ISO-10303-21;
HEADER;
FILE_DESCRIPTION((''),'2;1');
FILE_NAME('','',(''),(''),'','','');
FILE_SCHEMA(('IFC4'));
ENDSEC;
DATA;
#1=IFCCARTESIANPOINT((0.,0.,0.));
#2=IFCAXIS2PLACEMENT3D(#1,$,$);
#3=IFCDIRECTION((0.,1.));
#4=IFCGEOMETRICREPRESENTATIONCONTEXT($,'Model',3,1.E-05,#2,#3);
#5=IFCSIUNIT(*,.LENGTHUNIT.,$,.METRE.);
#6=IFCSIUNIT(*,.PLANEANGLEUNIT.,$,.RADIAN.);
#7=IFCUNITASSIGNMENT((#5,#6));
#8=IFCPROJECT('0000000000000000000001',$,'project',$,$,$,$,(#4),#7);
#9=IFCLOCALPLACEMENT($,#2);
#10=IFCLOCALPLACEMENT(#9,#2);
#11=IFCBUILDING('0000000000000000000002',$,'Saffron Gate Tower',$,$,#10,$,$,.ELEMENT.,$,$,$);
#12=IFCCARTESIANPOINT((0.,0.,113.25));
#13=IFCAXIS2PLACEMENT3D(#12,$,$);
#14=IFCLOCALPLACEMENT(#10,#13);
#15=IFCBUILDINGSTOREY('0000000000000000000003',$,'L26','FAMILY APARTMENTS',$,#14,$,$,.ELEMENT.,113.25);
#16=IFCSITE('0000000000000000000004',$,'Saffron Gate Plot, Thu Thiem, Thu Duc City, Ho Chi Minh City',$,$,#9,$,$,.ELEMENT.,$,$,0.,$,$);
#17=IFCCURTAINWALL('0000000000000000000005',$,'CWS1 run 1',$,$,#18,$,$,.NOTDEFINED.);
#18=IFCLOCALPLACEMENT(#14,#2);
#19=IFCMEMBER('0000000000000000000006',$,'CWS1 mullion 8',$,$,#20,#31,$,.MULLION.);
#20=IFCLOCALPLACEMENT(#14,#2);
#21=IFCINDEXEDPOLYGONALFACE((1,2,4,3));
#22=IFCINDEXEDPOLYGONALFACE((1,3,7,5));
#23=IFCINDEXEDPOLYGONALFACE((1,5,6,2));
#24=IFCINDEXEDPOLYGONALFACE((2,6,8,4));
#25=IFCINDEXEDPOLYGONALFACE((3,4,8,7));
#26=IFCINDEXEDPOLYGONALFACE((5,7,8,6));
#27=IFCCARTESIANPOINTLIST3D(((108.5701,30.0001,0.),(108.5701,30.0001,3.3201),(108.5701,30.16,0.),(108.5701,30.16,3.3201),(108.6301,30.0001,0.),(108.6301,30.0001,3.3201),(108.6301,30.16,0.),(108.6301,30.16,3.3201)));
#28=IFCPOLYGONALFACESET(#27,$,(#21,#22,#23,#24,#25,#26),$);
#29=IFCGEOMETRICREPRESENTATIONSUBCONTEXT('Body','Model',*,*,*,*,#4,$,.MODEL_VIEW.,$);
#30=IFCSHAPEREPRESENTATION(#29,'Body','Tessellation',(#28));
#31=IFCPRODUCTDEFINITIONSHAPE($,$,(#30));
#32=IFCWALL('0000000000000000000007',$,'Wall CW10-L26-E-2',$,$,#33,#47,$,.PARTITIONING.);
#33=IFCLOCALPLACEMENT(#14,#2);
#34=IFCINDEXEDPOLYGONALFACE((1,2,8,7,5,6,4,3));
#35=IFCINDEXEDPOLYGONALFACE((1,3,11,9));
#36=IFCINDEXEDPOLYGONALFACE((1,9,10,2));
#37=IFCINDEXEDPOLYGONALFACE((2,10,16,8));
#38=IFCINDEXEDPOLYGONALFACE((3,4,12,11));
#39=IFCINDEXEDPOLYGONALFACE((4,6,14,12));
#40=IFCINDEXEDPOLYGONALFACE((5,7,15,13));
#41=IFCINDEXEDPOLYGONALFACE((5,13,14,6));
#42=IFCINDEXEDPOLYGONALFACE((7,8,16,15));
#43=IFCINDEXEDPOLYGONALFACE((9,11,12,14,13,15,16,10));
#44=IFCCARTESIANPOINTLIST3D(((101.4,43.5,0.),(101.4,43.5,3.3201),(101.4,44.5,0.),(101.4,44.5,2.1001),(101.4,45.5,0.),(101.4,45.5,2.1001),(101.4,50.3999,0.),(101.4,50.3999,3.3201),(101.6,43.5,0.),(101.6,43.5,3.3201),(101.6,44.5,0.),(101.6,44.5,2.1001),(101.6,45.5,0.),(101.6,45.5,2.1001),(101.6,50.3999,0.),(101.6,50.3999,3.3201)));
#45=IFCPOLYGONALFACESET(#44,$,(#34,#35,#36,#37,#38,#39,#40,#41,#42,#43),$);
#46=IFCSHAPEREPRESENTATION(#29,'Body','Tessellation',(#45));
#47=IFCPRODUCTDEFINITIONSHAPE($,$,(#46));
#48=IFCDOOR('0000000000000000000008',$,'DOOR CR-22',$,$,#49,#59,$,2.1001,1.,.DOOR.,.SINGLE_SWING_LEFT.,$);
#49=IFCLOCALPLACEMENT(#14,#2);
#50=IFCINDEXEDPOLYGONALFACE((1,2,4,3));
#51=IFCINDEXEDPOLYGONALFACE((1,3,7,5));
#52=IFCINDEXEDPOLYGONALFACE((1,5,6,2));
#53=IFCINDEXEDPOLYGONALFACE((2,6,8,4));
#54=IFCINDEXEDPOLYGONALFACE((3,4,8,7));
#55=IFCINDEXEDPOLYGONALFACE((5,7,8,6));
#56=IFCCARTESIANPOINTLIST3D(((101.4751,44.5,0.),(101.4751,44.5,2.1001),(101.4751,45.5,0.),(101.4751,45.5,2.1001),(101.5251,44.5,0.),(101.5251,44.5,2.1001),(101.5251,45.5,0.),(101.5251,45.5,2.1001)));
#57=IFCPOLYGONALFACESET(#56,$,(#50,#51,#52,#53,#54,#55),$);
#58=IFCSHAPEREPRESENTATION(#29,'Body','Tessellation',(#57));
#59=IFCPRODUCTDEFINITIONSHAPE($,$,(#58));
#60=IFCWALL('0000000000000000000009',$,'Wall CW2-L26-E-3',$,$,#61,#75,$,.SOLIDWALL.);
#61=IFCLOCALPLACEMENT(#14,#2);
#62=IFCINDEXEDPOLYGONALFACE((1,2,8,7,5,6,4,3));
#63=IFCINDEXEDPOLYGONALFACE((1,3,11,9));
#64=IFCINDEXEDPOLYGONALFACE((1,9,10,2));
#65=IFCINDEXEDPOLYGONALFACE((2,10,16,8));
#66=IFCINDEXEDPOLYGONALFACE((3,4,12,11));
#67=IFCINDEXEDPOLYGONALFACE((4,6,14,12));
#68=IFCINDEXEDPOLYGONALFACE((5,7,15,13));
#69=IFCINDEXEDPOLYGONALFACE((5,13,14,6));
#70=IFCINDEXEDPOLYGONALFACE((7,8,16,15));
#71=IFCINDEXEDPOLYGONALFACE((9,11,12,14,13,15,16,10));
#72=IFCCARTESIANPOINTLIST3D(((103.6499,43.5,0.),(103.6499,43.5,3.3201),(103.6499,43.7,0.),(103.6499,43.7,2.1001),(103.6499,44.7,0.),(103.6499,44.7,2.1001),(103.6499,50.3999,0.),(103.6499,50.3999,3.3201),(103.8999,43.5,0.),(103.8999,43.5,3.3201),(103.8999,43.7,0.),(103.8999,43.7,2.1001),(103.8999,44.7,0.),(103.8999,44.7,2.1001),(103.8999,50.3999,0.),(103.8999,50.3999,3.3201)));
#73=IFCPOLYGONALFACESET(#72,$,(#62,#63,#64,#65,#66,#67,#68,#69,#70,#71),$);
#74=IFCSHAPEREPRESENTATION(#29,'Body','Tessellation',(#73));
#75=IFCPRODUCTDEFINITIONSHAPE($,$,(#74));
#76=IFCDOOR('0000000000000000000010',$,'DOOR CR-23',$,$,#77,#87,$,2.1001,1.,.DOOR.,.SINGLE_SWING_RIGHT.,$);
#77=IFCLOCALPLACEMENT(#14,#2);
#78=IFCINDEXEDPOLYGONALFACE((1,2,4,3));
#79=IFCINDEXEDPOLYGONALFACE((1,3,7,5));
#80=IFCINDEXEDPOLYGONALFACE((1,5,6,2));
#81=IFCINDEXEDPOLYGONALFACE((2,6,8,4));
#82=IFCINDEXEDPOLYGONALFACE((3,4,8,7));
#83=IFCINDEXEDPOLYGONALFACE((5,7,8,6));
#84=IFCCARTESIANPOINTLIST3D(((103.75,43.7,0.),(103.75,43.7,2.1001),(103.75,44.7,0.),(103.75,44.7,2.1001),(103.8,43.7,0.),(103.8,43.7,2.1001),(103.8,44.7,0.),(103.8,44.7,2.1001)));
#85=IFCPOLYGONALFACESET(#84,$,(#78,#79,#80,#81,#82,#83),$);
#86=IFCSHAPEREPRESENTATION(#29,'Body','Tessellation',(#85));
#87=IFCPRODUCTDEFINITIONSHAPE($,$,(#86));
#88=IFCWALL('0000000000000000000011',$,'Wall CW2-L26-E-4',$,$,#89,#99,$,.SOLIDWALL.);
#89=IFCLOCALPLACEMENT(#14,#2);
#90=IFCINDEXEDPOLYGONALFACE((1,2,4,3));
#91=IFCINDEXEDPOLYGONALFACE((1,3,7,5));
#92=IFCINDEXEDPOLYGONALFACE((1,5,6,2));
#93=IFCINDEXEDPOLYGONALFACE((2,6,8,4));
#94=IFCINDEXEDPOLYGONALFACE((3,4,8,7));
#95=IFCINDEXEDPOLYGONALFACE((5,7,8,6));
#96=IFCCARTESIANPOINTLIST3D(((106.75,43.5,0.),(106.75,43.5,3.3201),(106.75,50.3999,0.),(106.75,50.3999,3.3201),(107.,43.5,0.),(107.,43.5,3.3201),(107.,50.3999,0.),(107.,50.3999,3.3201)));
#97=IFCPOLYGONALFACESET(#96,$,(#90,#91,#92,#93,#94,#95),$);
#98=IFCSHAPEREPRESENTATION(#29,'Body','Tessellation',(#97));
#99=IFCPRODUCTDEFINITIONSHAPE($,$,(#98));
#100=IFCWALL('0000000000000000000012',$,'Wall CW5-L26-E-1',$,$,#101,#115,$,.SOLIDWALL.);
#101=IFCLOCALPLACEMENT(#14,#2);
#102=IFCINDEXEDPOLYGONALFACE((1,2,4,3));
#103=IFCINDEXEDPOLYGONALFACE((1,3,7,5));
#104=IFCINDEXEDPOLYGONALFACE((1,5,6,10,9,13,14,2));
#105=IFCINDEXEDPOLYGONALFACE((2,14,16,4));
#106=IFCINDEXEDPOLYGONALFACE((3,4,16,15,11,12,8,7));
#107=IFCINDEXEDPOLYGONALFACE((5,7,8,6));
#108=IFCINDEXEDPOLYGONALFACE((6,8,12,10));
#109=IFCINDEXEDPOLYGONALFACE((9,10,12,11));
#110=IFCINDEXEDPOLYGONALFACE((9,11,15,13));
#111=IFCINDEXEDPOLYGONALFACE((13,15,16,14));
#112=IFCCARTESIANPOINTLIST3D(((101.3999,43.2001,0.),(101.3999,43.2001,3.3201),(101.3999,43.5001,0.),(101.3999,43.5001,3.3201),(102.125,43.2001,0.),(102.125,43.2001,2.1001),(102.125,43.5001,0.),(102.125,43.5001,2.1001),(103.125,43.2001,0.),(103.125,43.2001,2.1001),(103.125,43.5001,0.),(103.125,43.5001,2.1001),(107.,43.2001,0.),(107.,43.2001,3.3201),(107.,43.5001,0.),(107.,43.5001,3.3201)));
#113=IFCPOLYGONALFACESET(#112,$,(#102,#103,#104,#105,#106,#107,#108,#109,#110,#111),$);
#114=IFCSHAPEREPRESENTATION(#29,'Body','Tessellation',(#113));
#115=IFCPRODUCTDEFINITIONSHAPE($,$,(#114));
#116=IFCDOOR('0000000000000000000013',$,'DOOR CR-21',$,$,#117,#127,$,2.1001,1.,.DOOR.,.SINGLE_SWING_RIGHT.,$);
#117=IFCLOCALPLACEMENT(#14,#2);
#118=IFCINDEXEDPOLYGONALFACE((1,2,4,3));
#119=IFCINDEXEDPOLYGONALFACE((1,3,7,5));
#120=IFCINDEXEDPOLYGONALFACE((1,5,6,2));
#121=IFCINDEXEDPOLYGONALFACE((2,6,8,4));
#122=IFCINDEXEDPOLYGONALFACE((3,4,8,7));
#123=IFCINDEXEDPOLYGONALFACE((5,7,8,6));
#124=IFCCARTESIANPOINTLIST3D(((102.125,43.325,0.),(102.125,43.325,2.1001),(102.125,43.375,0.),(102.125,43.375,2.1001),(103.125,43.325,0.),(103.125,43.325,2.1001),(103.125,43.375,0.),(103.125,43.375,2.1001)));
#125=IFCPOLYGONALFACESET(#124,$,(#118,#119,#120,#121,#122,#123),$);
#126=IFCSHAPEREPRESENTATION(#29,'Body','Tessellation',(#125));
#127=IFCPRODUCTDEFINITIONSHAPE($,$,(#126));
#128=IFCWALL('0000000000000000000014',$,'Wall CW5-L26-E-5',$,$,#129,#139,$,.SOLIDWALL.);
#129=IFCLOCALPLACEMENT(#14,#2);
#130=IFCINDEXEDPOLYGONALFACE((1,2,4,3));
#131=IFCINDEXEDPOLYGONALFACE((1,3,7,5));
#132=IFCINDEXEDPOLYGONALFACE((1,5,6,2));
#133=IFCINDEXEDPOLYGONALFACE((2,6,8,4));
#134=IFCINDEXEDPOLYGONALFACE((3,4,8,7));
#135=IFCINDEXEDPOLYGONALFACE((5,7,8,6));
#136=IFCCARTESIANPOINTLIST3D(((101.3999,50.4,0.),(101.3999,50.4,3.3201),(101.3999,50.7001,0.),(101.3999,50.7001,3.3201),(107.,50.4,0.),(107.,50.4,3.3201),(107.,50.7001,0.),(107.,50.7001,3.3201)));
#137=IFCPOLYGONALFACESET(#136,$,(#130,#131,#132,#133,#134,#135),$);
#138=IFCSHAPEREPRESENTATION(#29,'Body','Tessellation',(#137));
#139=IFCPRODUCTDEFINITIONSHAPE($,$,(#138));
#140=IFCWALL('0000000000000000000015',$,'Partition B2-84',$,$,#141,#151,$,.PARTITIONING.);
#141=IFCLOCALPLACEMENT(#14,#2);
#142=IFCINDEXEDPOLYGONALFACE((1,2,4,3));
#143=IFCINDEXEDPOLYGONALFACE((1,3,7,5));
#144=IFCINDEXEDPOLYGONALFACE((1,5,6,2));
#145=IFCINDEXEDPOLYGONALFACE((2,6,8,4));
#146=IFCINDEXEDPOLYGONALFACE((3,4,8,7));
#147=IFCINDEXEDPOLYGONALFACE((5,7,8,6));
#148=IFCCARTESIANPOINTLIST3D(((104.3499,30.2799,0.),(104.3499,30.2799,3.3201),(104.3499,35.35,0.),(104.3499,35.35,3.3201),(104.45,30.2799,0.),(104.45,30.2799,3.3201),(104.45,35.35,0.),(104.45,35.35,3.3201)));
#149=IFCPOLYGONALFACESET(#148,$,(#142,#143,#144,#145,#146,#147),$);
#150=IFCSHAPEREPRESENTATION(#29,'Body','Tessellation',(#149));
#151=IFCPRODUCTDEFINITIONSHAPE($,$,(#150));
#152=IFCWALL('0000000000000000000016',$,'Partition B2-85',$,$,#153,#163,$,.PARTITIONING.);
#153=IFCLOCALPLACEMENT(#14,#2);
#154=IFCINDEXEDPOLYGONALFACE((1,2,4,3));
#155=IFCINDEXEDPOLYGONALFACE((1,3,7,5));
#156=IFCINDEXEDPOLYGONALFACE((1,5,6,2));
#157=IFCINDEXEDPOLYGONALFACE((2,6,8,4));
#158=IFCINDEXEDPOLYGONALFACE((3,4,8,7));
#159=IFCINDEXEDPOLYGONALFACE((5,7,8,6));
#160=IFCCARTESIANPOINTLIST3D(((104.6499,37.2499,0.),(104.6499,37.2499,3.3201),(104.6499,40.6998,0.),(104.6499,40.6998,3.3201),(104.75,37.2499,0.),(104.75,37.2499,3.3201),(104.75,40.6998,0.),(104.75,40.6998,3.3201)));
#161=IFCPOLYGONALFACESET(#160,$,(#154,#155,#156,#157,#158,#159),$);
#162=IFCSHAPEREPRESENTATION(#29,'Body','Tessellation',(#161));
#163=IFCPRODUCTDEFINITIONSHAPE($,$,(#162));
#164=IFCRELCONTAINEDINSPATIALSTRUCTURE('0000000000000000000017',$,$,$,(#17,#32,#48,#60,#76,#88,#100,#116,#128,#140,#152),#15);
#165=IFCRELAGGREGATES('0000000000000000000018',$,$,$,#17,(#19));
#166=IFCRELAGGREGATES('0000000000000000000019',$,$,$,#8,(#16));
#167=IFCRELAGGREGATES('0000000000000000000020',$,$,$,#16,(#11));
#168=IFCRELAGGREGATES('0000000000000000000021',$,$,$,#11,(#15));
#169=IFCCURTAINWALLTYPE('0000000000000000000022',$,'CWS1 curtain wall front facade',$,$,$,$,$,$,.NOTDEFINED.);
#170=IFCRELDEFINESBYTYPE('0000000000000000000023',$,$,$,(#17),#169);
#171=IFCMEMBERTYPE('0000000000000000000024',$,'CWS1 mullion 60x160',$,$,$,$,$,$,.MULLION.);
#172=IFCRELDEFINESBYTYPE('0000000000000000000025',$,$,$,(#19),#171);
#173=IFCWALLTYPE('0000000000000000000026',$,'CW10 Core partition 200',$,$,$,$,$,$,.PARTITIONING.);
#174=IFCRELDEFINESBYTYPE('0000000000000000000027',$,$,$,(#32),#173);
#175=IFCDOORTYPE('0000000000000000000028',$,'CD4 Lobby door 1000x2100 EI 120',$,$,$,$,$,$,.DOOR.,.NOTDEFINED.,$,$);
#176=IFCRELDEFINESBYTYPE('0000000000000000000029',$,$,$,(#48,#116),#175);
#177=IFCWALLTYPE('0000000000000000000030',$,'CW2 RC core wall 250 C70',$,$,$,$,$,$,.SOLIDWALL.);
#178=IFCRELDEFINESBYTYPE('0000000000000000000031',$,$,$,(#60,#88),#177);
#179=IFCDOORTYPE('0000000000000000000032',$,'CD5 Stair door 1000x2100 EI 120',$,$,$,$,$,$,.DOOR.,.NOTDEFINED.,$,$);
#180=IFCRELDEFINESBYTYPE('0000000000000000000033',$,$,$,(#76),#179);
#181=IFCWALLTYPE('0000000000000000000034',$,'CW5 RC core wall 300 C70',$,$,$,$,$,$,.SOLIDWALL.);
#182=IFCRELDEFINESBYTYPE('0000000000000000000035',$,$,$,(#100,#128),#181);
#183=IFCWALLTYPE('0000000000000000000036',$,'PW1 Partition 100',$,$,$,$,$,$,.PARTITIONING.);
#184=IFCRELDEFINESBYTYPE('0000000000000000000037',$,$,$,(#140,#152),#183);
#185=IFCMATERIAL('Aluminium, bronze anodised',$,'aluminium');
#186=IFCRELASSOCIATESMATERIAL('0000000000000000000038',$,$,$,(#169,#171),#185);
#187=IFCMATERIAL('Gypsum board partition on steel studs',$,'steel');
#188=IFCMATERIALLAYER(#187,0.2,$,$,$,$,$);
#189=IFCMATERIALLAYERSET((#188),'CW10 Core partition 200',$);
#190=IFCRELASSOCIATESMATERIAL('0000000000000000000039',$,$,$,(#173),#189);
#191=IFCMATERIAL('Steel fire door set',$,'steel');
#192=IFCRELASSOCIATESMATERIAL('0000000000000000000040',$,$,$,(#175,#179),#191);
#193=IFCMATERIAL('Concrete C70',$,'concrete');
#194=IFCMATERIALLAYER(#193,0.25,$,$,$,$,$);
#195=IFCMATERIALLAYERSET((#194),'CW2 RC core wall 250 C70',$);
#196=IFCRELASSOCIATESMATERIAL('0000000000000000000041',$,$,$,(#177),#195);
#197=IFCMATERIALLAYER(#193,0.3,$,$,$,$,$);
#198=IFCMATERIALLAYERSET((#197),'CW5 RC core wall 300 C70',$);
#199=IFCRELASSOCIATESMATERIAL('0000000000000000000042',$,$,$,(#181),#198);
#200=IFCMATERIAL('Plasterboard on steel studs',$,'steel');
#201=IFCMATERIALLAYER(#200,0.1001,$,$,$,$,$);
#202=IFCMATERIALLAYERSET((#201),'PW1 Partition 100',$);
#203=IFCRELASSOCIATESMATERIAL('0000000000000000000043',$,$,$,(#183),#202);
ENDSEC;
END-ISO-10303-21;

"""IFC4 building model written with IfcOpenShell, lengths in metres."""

from ifc_helpers import new_model, si_unit, direction, frame, frame_2d, origin, origin_2d, place, context, subcontext, project, spatial, rectangle, extrude, material, layer, layer_set, material_profile, profile_set, type_object, element, fill, aggregate, save


model = new_model("IFC4")

# Units and contexts
model_context = context("Model", 3, precision=1e-05, world=origin(), true_north=direction((0.0, 1.0)))
body_context = subcontext(model_context, "Body", "Model", "MODEL_VIEW")
ifc_project = project(units=[si_unit("LENGTHUNIT", "METRE"), si_unit("PLANEANGLEUNIT", "RADIAN")], contexts=[model_context])

# Site, building, storey
site_placement = place(None, origin())
site = spatial("IfcSite", under=ifc_project, at=site_placement, Name="Saffron Gate Plot, Thu Thiem, Thu Duc City, Ho Chi Minh City", CompositionType="ELEMENT", RefElevation=0.0)
building_placement = place(site_placement, origin())
building = spatial("IfcBuilding", under=site, at=building_placement, Name="Saffron Gate Tower", CompositionType="ELEMENT")
storey_placement = place(building_placement, frame((0.0, 0.0, 113.25)))
storey = spatial("IfcBuildingStorey", under=building, at=storey_placement, Name="L26", Description="FAMILY APARTMENTS", CompositionType="ELEMENT", Elevation=113.25)

# Curtain wall, member
ifc_material_1 = material(Name="Aluminium, bronze anodised", Category="aluminium")
curtain_wall_type = type_object("IfcCurtainWallType", Name="CWS1 curtain wall front facade", PredefinedType="NOTDEFINED", material=ifc_material_1)
curtain_wall_placement = place(storey_placement, origin())
curtain_wall = element("IfcCurtainWall", 1, at=curtain_wall_placement, inside=storey, type_object=curtain_wall_type, Name="CWS1 run 1", PredefinedType="NOTDEFINED")
ifc_material_profile_1 = material_profile(ifc_material_1, rectangle(XDim=0.1599, YDim=0.0601, at=origin_2d()))
ifc_profile_set_1 = profile_set([ifc_material_profile_1], Name="Aluminium, bronze anodised")
member_type = type_object("IfcMemberType", Name="CWS1 mullion 60x160", PredefinedType="MULLION", material=ifc_profile_set_1)
member_placement = place(storey_placement, frame((108.6001, 30.0801, 0.0), z_axis=(0.0, 0.0, 1.0), x_axis=(0.0, 1.0, 0.0)))
member = element("IfcMember", 2, at=member_placement, type_object=member_type, Name="CWS1 mullion 8", PredefinedType="MULLION", context=body_context, shape_type="SweptSolid", body=[
    extrude(rectangle(XDim=0.1599, YDim=0.0601, at=origin_2d()), origin(), (0.0, 0.0, 1.0), 3.3201),
])
aggregate(curtain_wall, [member])

# Walls, openings, doors
ifc_material_2 = material(Name="Gypsum board partition on steel studs", Category="steel")
ifc_layer_1 = layer(ifc_material_2, 0.2)
ifc_layer_set_1 = layer_set([ifc_layer_1], Name="CW10 Core partition 200")
wall_type_1 = type_object("IfcWallType", Name="CW10 Core partition 200", PredefinedType="PARTITIONING", material=ifc_layer_set_1)
wall_1_placement = place(storey_placement, frame((101.5, 43.5, 0.0), z_axis=(0.0, 0.0, 1.0), x_axis=(0.0, 1.0, 0.0)))
wall_1 = element("IfcWall", 3, at=wall_1_placement, inside=storey, type_object=wall_type_1, Name="Wall CW10-L26-E-2", PredefinedType="PARTITIONING", context=body_context, shape_type="SweptSolid", body=[
    extrude(rectangle(XDim=6.8999, YDim=0.2, at=frame_2d((3.45, 0.0))), origin(), (0.0, 0.0, 1.0), 3.3201),
])
opening_1_placement = place(wall_1_placement, frame((1.0, 0.0, 0.0)))
opening_1 = element("IfcOpeningElement", 4, at=opening_1_placement, cuts=wall_1, PredefinedType="OPENING", context=body_context, shape_type="SweptSolid", body=[
    extrude(rectangle(XDim=1.0, YDim=2.1001, at=frame_2d((0.5, 1.05))), frame((0.0, 0.1099, 0.0), z_axis=(0.0, -1.0, 0.0), x_axis=(1.0, 0.0, 0.0)), (0.0, 0.0, 1.0), 0.22),
])
ifc_material_3 = material(Name="Steel fire door set", Category="steel")
door_type_1 = type_object("IfcDoorType", Name="CD4 Lobby door 1000x2100 EI 120", OperationType="NOTDEFINED", PredefinedType="DOOR", material=ifc_material_3)
door_1_placement = place(opening_1_placement, origin())
door_1 = element("IfcDoor", 5, at=door_1_placement, inside=storey, type_object=door_type_1, Name="DOOR CR-22", OperationType="SINGLE_SWING_LEFT", OverallHeight=2.1001, OverallWidth=1.0, PredefinedType="DOOR", context=body_context, shape_type="SweptSolid", body=[
    extrude(rectangle(XDim=1.0, YDim=2.1001, at=frame_2d((0.5, 1.05))), frame((0.0, 0.0249, 0.0), z_axis=(0.0, -1.0, 0.0), x_axis=(1.0, 0.0, 0.0)), (0.0, 0.0, 1.0), 0.05),
])
fill(opening_1, door_1)
ifc_material_4 = material(Name="Concrete C70", Category="concrete")
ifc_layer_2 = layer(ifc_material_4, 0.25)
ifc_layer_set_2 = layer_set([ifc_layer_2], Name="CW2 RC core wall 250 C70")
wall_type_2 = type_object("IfcWallType", Name="CW2 RC core wall 250 C70", PredefinedType="SOLIDWALL", material=ifc_layer_set_2)
wall_2_placement = place(storey_placement, frame((103.7749, 43.5, 0.0), z_axis=(0.0, 0.0, 1.0), x_axis=(0.0, 1.0, 0.0)))
wall_2 = element("IfcWall", 6, at=wall_2_placement, inside=storey, type_object=wall_type_2, Name="Wall CW2-L26-E-3", PredefinedType="SOLIDWALL", context=body_context, shape_type="SweptSolid", body=[
    extrude(rectangle(XDim=6.8999, YDim=0.25, at=frame_2d((3.45, 0.0))), origin(), (0.0, 0.0, 1.0), 3.3201),
])
opening_2_placement = place(wall_2_placement, frame((0.2, 0.0, 0.0)))
opening_2 = element("IfcOpeningElement", 7, at=opening_2_placement, cuts=wall_2, PredefinedType="OPENING", context=body_context, shape_type="SweptSolid", body=[
    extrude(rectangle(XDim=1.0, YDim=2.1001, at=frame_2d((0.5, 1.05))), frame((0.0, 0.135, 0.0), z_axis=(0.0, -1.0, 0.0), x_axis=(1.0, 0.0, 0.0)), (0.0, 0.0, 1.0), 0.27),
])
door_type_2 = type_object("IfcDoorType", Name="CD5 Stair door 1000x2100 EI 120", OperationType="NOTDEFINED", PredefinedType="DOOR", material=ifc_material_3)
door_2_placement = place(opening_2_placement, origin())
door_2 = element("IfcDoor", 8, at=door_2_placement, inside=storey, type_object=door_type_2, Name="DOOR CR-23", OperationType="SINGLE_SWING_RIGHT", OverallHeight=2.1001, OverallWidth=1.0, PredefinedType="DOOR", context=body_context, shape_type="SweptSolid", body=[
    extrude(rectangle(XDim=1.0, YDim=2.1001, at=frame_2d((0.5, 1.05))), frame((0.0, 0.0249, 0.0), z_axis=(0.0, -1.0, 0.0), x_axis=(1.0, 0.0, 0.0)), (0.0, 0.0, 1.0), 0.05),
])
fill(opening_2, door_2)

# Wall
wall_3_placement = place(storey_placement, frame((106.875, 43.5, 0.0), z_axis=(0.0, 0.0, 1.0), x_axis=(0.0, 1.0, 0.0)))
element("IfcWall", 9, at=wall_3_placement, inside=storey, type_object=wall_type_2, Name="Wall CW2-L26-E-4", PredefinedType="SOLIDWALL", context=body_context, shape_type="SweptSolid", body=[
    extrude(rectangle(XDim=6.8999, YDim=0.25, at=frame_2d((3.45, 0.0))), origin(), (0.0, 0.0, 1.0), 3.3201),
])

# Wall, opening, door
ifc_layer_3 = layer(ifc_material_4, 0.3)
ifc_layer_set_3 = layer_set([ifc_layer_3], Name="CW5 RC core wall 300 C70")
wall_type_3 = type_object("IfcWallType", Name="CW5 RC core wall 300 C70", PredefinedType="SOLIDWALL", material=ifc_layer_set_3)
wall_4_placement = place(storey_placement, frame((101.3999, 43.3501, 0.0), z_axis=(0.0, 0.0, 1.0), x_axis=(1.0, 0.0, 0.0)))
wall_4 = element("IfcWall", 10, at=wall_4_placement, inside=storey, type_object=wall_type_3, Name="Wall CW5-L26-E-1", PredefinedType="SOLIDWALL", context=body_context, shape_type="SweptSolid", body=[
    extrude(rectangle(XDim=5.6001, YDim=0.3, at=frame_2d((2.8, 0.0))), origin(), (0.0, 0.0, 1.0), 3.3201),
])
opening_3_placement = place(wall_4_placement, frame((0.7251, 0.0, 0.0)))
opening_3 = element("IfcOpeningElement", 11, at=opening_3_placement, cuts=wall_4, PredefinedType="OPENING", context=body_context, shape_type="SweptSolid", body=[
    extrude(rectangle(XDim=1.0, YDim=2.1001, at=frame_2d((0.5, 1.05))), frame((0.0, 0.1602, 0.0), z_axis=(0.0, -1.0, 0.0), x_axis=(1.0, 0.0, 0.0)), (0.0, 0.0, 1.0), 0.3201),
])
door_3_placement = place(opening_3_placement, origin())
door_3 = element("IfcDoor", 12, at=door_3_placement, inside=storey, type_object=door_type_1, Name="DOOR CR-21", OperationType="SINGLE_SWING_RIGHT", OverallHeight=2.1001, OverallWidth=1.0, PredefinedType="DOOR", context=body_context, shape_type="SweptSolid", body=[
    extrude(rectangle(XDim=1.0, YDim=2.1001, at=frame_2d((0.5, 1.05))), frame((0.0, 0.0249, 0.0), z_axis=(0.0, -1.0, 0.0), x_axis=(1.0, 0.0, 0.0)), (0.0, 0.0, 1.0), 0.05),
])
fill(opening_3, door_3)

# Walls
wall_5_placement = place(storey_placement, frame((101.3999, 50.55, 0.0), z_axis=(0.0, 0.0, 1.0), x_axis=(1.0, 0.0, 0.0)))
element("IfcWall", 13, at=wall_5_placement, inside=storey, type_object=wall_type_3, Name="Wall CW5-L26-E-5", PredefinedType="SOLIDWALL", context=body_context, shape_type="SweptSolid", body=[
    extrude(rectangle(XDim=5.6001, YDim=0.3, at=frame_2d((2.8, 0.0))), origin(), (0.0, 0.0, 1.0), 3.3201),
])
ifc_material_5 = material(Name="Plasterboard on steel studs", Category="steel")
ifc_layer_4 = layer(ifc_material_5, 0.1001)
ifc_layer_set_4 = layer_set([ifc_layer_4], Name="PW1 Partition 100")
wall_type_4 = type_object("IfcWallType", Name="PW1 Partition 100", PredefinedType="PARTITIONING", material=ifc_layer_set_4)
wall_6_placement = place(storey_placement, frame((104.3999, 35.3501, 0.0), z_axis=(0.0, 0.0, 1.0), x_axis=(0.0, -1.0, 0.0)))
element("IfcWall", 14, at=wall_6_placement, inside=storey, type_object=wall_type_4, Name="Partition B2-84", PredefinedType="PARTITIONING", context=body_context, shape_type="SweptSolid", body=[
    extrude(rectangle(XDim=5.0701, YDim=0.1001, at=frame_2d((2.5352, 0.0))), origin(), (0.0, 0.0, 1.0), 3.3201),
])
wall_7_placement = place(storey_placement, frame((104.7, 40.7, 0.0), z_axis=(0.0, 0.0, 1.0), x_axis=(0.0, -1.0, 0.0)))
element("IfcWall", 15, at=wall_7_placement, inside=storey, type_object=wall_type_4, Name="Partition B2-85", PredefinedType="PARTITIONING", context=body_context, shape_type="SweptSolid", body=[
    extrude(rectangle(XDim=3.45, YDim=0.1001, at=frame_2d((1.7251, 0.0))), origin(), (0.0, 0.0, 1.0), 3.3201),
])

save(model, "model.ifc")
